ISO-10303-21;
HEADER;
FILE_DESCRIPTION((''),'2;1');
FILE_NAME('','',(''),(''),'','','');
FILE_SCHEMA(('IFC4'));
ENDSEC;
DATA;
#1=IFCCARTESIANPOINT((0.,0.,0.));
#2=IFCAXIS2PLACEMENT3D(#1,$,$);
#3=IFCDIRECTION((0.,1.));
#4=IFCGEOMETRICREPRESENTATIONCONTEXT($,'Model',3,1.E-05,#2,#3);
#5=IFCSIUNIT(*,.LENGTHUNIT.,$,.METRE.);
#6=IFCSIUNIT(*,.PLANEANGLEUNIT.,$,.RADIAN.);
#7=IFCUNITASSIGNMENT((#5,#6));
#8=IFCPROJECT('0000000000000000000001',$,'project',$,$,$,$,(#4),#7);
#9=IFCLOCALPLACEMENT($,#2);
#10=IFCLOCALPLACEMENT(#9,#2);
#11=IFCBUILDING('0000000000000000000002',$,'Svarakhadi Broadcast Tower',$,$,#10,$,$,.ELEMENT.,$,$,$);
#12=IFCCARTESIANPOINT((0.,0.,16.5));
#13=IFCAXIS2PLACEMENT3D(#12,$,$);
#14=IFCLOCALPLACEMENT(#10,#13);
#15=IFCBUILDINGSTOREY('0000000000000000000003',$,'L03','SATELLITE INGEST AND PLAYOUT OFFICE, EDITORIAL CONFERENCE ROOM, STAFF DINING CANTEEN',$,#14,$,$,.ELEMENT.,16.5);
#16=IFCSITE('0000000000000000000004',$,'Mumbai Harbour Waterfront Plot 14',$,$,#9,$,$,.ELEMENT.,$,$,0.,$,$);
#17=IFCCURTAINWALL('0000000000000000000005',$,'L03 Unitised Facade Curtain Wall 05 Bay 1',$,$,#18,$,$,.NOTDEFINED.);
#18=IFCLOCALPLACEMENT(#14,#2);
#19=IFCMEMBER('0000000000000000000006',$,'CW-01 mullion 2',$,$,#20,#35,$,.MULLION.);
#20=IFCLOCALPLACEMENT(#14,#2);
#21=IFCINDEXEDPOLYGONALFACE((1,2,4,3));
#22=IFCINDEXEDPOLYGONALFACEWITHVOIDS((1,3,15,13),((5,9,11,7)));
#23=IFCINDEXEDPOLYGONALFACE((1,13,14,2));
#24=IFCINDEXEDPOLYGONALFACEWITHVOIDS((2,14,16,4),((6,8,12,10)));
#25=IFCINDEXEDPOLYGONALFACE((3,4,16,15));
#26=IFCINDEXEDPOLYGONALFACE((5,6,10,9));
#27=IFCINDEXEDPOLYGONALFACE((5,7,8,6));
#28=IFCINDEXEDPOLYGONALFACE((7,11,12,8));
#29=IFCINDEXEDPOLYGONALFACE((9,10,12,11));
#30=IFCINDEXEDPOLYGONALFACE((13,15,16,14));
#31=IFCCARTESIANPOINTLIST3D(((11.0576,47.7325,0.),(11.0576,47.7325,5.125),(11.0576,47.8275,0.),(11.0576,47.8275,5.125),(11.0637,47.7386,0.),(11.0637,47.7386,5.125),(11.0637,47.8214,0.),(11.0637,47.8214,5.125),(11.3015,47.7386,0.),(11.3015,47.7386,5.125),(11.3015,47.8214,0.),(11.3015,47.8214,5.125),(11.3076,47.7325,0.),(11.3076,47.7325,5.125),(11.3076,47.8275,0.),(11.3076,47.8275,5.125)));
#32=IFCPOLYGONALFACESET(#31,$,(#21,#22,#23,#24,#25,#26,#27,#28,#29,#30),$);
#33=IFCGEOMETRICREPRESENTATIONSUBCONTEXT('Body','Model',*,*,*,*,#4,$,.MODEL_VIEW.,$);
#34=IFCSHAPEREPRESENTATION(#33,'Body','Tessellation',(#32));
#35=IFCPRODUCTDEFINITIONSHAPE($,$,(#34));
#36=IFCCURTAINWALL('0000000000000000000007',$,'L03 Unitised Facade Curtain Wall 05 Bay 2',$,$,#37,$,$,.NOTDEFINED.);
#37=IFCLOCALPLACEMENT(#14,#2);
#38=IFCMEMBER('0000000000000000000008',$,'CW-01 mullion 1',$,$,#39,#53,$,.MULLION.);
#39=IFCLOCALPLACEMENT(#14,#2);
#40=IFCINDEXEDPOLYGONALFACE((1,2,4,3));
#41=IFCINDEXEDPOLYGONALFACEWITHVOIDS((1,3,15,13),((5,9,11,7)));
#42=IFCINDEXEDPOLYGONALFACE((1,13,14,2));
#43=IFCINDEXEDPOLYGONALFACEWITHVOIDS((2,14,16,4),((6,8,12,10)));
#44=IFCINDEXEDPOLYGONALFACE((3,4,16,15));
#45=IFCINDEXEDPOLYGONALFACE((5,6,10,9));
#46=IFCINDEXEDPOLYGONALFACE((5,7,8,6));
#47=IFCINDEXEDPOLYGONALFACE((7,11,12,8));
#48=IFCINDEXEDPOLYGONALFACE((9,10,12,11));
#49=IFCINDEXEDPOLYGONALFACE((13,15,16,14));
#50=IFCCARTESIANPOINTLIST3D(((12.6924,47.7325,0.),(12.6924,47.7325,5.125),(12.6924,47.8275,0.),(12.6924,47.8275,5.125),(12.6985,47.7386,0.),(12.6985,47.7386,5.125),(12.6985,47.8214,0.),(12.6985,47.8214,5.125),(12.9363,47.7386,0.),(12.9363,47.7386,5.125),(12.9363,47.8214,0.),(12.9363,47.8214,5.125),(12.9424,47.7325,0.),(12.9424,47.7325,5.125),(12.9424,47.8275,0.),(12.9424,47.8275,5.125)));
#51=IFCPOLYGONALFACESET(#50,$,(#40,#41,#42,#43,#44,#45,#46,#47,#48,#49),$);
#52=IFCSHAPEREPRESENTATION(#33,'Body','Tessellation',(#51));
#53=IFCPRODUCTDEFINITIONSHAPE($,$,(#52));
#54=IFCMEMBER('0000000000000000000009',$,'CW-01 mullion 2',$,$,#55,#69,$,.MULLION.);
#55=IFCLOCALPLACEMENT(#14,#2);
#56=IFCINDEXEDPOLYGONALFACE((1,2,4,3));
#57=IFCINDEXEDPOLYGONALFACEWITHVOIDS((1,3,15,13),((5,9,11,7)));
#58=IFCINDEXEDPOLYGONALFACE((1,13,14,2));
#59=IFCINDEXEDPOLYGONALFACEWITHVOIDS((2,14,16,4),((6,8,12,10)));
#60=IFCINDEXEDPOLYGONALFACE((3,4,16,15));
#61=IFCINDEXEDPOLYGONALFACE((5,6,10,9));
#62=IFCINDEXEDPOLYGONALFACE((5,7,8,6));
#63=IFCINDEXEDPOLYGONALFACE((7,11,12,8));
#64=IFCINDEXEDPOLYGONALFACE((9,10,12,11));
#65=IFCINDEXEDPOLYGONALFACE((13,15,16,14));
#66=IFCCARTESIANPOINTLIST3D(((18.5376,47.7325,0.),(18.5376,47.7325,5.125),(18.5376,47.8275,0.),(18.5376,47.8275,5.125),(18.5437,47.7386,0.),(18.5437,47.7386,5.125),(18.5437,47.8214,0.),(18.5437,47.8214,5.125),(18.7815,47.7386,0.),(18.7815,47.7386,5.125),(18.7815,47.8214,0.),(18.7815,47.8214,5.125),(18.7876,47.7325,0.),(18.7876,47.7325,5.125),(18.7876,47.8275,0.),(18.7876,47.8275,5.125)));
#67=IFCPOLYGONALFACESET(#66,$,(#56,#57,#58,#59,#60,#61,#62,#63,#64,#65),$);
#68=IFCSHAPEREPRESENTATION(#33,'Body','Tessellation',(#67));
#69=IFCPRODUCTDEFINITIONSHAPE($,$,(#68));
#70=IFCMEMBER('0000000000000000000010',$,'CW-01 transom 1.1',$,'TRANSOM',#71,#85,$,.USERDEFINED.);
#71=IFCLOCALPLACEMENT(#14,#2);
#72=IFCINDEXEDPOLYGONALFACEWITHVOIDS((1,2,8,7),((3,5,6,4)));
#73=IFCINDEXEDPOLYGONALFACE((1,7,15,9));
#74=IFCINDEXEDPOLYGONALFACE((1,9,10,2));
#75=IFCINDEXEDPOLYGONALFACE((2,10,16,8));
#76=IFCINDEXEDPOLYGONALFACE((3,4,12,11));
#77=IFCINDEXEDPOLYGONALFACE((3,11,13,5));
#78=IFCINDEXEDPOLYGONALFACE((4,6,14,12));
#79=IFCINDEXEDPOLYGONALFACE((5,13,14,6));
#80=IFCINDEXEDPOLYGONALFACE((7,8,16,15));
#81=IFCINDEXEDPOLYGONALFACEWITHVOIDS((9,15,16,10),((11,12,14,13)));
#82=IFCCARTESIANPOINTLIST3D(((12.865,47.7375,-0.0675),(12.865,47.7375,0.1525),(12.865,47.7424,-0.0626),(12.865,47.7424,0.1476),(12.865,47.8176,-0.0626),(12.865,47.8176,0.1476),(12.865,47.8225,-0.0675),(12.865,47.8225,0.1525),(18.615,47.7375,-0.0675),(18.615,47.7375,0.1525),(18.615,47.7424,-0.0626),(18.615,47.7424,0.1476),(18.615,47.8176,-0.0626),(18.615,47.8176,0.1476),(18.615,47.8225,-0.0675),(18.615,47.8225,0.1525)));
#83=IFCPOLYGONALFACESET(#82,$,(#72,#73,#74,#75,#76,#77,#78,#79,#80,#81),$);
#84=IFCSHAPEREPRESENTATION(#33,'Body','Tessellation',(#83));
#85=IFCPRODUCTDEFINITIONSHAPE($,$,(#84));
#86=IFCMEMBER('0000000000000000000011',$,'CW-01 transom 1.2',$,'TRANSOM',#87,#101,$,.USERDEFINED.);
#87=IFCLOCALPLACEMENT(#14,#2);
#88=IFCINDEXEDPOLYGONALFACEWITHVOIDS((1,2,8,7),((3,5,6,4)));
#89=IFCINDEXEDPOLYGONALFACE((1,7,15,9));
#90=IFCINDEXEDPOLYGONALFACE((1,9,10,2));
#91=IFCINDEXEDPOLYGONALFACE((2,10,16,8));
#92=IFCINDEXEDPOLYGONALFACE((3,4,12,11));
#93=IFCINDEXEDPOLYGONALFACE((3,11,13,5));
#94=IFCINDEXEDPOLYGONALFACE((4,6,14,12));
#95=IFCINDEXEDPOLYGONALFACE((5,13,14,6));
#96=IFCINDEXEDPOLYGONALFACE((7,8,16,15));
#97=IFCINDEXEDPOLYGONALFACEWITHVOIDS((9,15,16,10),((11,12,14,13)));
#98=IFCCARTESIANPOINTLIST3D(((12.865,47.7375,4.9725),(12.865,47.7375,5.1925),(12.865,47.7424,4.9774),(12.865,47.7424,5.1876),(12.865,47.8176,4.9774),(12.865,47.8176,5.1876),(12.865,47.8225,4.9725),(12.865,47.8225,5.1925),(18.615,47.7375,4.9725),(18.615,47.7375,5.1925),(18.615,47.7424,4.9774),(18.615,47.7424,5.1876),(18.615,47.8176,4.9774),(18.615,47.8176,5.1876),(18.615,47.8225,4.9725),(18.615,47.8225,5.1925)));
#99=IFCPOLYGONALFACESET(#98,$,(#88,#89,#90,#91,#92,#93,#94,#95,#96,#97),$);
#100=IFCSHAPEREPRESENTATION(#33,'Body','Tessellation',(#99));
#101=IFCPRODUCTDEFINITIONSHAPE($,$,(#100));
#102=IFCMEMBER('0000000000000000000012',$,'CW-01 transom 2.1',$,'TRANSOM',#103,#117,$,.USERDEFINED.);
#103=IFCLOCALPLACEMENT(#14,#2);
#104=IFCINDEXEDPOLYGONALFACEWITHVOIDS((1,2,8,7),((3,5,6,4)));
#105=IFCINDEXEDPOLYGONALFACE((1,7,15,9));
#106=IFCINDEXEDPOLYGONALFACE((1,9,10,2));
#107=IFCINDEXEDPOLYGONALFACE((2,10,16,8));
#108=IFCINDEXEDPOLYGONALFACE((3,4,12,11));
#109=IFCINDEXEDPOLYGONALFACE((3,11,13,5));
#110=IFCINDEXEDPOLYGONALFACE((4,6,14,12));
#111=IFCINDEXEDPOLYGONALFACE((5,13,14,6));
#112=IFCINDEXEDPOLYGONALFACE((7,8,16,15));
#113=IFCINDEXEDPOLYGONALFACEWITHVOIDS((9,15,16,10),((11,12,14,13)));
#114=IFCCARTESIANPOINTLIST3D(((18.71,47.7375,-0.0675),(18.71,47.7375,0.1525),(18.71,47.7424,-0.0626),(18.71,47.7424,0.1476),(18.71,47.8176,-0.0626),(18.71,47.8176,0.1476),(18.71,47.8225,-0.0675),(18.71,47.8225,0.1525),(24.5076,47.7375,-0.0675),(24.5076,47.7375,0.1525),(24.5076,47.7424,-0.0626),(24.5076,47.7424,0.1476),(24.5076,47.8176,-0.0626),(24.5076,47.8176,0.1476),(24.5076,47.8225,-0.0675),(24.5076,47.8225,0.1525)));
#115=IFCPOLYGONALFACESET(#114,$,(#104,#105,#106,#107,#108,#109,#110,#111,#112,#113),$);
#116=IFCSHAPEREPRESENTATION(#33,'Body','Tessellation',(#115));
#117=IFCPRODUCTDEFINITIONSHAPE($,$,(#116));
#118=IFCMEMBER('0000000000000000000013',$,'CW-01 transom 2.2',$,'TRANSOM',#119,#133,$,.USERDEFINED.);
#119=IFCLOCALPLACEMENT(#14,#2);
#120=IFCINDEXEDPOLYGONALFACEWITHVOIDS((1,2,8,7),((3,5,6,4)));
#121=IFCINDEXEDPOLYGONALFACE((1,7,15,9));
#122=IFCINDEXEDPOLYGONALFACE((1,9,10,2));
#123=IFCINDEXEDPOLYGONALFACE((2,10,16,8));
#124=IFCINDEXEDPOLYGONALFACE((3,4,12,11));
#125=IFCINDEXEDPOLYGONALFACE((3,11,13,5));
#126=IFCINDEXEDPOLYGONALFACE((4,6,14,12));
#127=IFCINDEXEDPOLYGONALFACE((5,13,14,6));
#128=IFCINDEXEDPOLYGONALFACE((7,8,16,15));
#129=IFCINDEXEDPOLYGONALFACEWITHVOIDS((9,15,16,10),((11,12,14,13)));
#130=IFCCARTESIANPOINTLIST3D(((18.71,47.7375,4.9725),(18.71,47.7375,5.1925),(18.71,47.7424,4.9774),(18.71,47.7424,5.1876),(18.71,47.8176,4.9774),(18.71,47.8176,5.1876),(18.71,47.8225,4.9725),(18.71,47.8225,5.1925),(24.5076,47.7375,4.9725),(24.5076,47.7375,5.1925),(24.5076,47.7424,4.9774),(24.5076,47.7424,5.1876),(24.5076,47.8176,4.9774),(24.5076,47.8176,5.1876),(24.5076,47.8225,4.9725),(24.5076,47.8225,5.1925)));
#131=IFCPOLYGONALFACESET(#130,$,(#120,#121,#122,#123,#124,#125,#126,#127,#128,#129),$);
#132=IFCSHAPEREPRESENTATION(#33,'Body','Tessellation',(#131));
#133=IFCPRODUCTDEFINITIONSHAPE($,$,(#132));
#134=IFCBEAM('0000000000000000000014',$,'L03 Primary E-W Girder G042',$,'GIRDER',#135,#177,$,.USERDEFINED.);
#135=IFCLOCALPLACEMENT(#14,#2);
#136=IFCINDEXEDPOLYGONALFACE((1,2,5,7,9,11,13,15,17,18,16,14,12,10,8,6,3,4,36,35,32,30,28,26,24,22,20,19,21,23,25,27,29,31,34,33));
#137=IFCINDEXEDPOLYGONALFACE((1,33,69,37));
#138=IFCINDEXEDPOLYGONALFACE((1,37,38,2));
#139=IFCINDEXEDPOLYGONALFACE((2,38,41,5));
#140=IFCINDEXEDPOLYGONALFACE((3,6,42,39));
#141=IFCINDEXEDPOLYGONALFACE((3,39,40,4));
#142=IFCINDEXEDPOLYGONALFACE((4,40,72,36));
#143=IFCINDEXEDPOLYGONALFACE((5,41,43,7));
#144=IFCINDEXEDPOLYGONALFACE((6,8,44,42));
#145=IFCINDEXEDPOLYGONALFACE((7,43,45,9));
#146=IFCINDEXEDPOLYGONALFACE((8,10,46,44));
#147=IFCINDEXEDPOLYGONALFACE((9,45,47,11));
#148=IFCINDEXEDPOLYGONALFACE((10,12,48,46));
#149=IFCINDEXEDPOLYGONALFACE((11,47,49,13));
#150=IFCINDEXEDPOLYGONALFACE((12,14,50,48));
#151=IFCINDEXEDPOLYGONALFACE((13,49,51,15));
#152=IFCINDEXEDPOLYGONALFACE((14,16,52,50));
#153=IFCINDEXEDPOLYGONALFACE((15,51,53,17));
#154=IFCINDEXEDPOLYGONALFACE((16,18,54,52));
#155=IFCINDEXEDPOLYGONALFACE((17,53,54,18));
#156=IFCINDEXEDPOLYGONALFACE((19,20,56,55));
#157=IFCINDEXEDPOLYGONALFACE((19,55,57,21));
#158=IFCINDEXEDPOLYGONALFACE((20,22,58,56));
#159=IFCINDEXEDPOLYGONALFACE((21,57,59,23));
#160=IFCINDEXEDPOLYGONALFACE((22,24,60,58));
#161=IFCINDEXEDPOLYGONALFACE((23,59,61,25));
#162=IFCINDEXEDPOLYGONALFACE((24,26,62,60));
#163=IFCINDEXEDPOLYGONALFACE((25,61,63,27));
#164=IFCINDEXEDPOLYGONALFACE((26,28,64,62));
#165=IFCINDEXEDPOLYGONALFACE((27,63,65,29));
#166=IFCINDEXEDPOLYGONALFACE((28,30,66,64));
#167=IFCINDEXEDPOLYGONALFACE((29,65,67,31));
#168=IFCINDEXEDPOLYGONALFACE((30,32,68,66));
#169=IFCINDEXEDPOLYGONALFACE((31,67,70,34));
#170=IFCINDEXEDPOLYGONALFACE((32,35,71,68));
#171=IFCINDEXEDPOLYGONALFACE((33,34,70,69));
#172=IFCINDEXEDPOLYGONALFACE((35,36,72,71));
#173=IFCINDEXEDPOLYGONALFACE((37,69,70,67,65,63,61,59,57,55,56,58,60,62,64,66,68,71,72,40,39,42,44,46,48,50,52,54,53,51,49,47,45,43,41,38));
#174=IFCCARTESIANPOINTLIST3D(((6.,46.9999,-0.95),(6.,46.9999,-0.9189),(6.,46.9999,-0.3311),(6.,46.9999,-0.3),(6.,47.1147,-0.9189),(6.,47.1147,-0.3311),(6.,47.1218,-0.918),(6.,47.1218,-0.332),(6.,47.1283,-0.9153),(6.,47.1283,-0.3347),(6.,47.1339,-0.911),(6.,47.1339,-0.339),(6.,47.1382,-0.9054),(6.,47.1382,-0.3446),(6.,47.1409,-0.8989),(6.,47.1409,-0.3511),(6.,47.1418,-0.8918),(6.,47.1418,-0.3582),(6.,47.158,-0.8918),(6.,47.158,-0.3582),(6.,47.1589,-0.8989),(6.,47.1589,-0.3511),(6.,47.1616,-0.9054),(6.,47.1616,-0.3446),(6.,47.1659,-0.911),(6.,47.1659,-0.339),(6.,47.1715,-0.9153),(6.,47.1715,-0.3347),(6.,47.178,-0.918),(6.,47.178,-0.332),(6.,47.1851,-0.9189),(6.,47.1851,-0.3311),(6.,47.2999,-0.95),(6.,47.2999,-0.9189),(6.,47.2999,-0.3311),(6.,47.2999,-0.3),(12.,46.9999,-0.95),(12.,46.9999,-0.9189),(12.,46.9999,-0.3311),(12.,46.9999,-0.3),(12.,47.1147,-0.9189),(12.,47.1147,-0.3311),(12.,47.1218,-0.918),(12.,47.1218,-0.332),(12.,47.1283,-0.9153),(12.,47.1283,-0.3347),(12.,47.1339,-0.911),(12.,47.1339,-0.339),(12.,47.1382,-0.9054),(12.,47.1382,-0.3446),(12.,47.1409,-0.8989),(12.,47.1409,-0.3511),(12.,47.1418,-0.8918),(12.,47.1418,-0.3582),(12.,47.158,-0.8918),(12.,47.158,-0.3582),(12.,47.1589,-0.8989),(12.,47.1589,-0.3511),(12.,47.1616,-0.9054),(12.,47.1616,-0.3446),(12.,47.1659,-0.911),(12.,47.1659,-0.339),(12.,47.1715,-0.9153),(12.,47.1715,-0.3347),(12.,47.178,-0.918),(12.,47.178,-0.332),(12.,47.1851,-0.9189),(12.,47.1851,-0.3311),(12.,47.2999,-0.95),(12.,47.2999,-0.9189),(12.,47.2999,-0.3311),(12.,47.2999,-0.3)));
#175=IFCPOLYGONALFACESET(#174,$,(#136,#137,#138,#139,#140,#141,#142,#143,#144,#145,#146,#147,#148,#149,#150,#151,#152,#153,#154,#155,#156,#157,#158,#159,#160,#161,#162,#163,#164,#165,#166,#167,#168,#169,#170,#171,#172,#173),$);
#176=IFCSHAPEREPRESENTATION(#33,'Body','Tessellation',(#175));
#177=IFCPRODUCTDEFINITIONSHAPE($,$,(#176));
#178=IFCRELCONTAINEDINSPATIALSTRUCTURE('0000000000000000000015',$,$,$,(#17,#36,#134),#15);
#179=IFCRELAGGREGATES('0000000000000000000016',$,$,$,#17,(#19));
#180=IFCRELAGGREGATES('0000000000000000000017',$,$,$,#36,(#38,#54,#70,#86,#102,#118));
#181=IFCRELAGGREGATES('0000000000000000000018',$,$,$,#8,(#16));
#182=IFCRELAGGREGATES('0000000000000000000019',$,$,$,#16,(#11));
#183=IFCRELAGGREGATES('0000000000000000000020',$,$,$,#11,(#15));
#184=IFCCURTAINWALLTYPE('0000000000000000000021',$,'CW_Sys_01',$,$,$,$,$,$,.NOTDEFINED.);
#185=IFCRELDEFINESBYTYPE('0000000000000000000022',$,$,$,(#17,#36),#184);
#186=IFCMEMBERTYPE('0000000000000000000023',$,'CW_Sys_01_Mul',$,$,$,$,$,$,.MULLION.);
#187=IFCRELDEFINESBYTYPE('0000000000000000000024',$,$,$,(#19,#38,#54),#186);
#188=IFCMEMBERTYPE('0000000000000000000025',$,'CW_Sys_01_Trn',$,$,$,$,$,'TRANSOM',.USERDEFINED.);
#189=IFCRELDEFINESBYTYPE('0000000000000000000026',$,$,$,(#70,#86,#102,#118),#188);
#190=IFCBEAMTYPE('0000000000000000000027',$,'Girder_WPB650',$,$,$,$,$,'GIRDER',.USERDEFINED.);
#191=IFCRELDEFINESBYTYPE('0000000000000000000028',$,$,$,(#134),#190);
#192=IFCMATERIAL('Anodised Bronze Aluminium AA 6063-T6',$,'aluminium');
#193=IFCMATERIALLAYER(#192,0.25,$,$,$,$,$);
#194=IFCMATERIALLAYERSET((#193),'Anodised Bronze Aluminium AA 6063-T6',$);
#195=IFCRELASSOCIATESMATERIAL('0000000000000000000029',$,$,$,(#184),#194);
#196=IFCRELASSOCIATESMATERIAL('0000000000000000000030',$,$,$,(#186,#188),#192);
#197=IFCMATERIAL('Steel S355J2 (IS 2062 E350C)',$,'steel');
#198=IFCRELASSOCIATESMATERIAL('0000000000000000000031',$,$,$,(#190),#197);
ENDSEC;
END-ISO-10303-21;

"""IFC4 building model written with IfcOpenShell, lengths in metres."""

from ifc_helpers import new_model, si_unit, direction, frame, origin, origin_2d, place, context, subcontext, project, spatial, hollow_rectangle, i_section, extrude, material, layer, layer_set, material_profile, profile_set, type_object, element, aggregate, save


model = new_model("IFC4")

# Units and contexts
model_context = context("Model", 3, precision=1e-05, world=origin(), true_north=direction((0.0, 1.0)))
body_context = subcontext(model_context, "Body", "Model", "MODEL_VIEW")
ifc_project = project(units=[si_unit("LENGTHUNIT", "METRE"), si_unit("PLANEANGLEUNIT", "RADIAN")], contexts=[model_context])

# Site, building, storey
site_placement = place(None, origin())
site = spatial("IfcSite", under=ifc_project, at=site_placement, Name="Mumbai Harbour Waterfront Plot 14", CompositionType="ELEMENT", RefElevation=0.0)
building_placement = place(site_placement, origin())
building = spatial("IfcBuilding", under=site, at=building_placement, Name="Svarakhadi Broadcast Tower", CompositionType="ELEMENT")
storey_placement = place(building_placement, frame((0.0, 0.0, 16.5)))
storey = spatial("IfcBuildingStorey", under=building, at=storey_placement, Name="L03", Description="SATELLITE INGEST AND PLAYOUT OFFICE, EDITORIAL CONFERENCE ROOM, STAFF DINING CANTEEN", CompositionType="ELEMENT", Elevation=16.5)

# Shared definitions
ifc_material_1 = material(Name="Steel S355J2 (IS 2062 E350C)", Category="steel")

# Curtain wall, member
ifc_material_2 = material(Name="Anodised Bronze Aluminium AA 6063-T6", Category="aluminium")
ifc_layer_1 = layer(ifc_material_2, 0.25)
ifc_layer_set_1 = layer_set([ifc_layer_1], Name="Anodised Bronze Aluminium AA 6063-T6")
curtain_wall_type = type_object("IfcCurtainWallType", Name="CW_Sys_01", PredefinedType="NOTDEFINED", material=ifc_layer_set_1)
curtain_wall_1_placement = place(storey_placement, origin())
curtain_wall_1 = element("IfcCurtainWall", 1, at=curtain_wall_1_placement, inside=storey, type_object=curtain_wall_type, Name="L03 Unitised Facade Curtain Wall 05 Bay 1", PredefinedType="NOTDEFINED")
ifc_material_profile_1 = material_profile(ifc_material_2, hollow_rectangle(XDim=0.095, YDim=0.25, WallThickness=0.0061, at=origin_2d()), Name="ALU MULLION 250x95x6")
ifc_profile_set_1 = profile_set([ifc_material_profile_1], Name="Anodised Bronze Aluminium AA 6063-T6")
member_type_1 = type_object("IfcMemberType", Name="CW_Sys_01_Mul", PredefinedType="MULLION", material=ifc_profile_set_1)
member_1_placement = place(storey_placement, frame((11.1826, 47.78, 0.0), z_axis=(0.0, 0.0, 1.0), x_axis=(0.0, 1.0, 0.0)))
member_1 = element("IfcMember", 2, at=member_1_placement, type_object=member_type_1, Name="CW-01 mullion 2", PredefinedType="MULLION", context=body_context, shape_type="SweptSolid", body=[
    extrude(hollow_rectangle(XDim=0.095, YDim=0.25, WallThickness=0.0061, at=origin_2d()), origin(), (0.0, 0.0, 1.0), 5.125),
])

# Curtain wall, members
curtain_wall_2_placement = place(storey_placement, origin())
curtain_wall_2 = element("IfcCurtainWall", 3, at=curtain_wall_2_placement, inside=storey, type_object=curtain_wall_type, Name="L03 Unitised Facade Curtain Wall 05 Bay 2", PredefinedType="NOTDEFINED")
member_2_placement = place(storey_placement, frame((12.8174, 47.78, 0.0), z_axis=(0.0, 0.0, 1.0), x_axis=(0.0, 1.0, 0.0)))
member_2 = element("IfcMember", 4, at=member_2_placement, type_object=member_type_1, Name="CW-01 mullion 1", PredefinedType="MULLION", context=body_context, shape_type="SweptSolid", body=[
    extrude(hollow_rectangle(XDim=0.095, YDim=0.25, WallThickness=0.0061, at=origin_2d()), origin(), (0.0, 0.0, 1.0), 5.125),
])
member_3_placement = place(storey_placement, frame((18.6626, 47.78, 0.0), z_axis=(0.0, 0.0, 1.0), x_axis=(0.0, 1.0, 0.0)))
member_3 = element("IfcMember", 5, at=member_3_placement, type_object=member_type_1, Name="CW-01 mullion 2", PredefinedType="MULLION", context=body_context, shape_type="SweptSolid", body=[
    extrude(hollow_rectangle(XDim=0.095, YDim=0.25, WallThickness=0.0061, at=origin_2d()), origin(), (0.0, 0.0, 1.0), 5.125),
])
ifc_material_profile_2 = material_profile(ifc_material_2, hollow_rectangle(XDim=0.085, YDim=0.22, WallThickness=0.0049, at=origin_2d()), Name="ALU TRANSOM 220x85x5")
ifc_profile_set_2 = profile_set([ifc_material_profile_2], Name="Anodised Bronze Aluminium AA 6063-T6")
member_type_2 = type_object("IfcMemberType", Name="CW_Sys_01_Trn", ElementType="TRANSOM", PredefinedType="USERDEFINED", material=ifc_profile_set_2)
member_4_placement = place(storey_placement, frame((12.865, 47.78, 0.0425), z_axis=(1.0, 0.0, 0.0), x_axis=(0.0, 1.0, 0.0)))
member_4 = element("IfcMember", 6, at=member_4_placement, type_object=member_type_2, Name="CW-01 transom 1.1", ObjectType="TRANSOM", PredefinedType="USERDEFINED", context=body_context, shape_type="SweptSolid", body=[
    extrude(hollow_rectangle(XDim=0.085, YDim=0.22, WallThickness=0.0049, at=origin_2d()), origin(), (0.0, 0.0, 1.0), 5.75),
])
member_5_placement = place(storey_placement, frame((12.865, 47.78, 5.0825), z_axis=(1.0, 0.0, 0.0), x_axis=(0.0, 1.0, 0.0)))
member_5 = element("IfcMember", 7, at=member_5_placement, type_object=member_type_2, Name="CW-01 transom 1.2", ObjectType="TRANSOM", PredefinedType="USERDEFINED", context=body_context, shape_type="SweptSolid", body=[
    extrude(hollow_rectangle(XDim=0.085, YDim=0.22, WallThickness=0.0049, at=origin_2d()), origin(), (0.0, 0.0, 1.0), 5.75),
])
member_6_placement = place(storey_placement, frame((18.71, 47.78, 0.0425), z_axis=(1.0, 0.0, 0.0), x_axis=(0.0, 1.0, 0.0)))
member_6 = element("IfcMember", 8, at=member_6_placement, type_object=member_type_2, Name="CW-01 transom 2.1", ObjectType="TRANSOM", PredefinedType="USERDEFINED", context=body_context, shape_type="SweptSolid", body=[
    extrude(hollow_rectangle(XDim=0.085, YDim=0.22, WallThickness=0.0049, at=origin_2d()), origin(), (0.0, 0.0, 1.0), 5.7976),
])
member_7_placement = place(storey_placement, frame((18.71, 47.78, 5.0825), z_axis=(1.0, 0.0, 0.0), x_axis=(0.0, 1.0, 0.0)))
member_7 = element("IfcMember", 9, at=member_7_placement, type_object=member_type_2, Name="CW-01 transom 2.2", ObjectType="TRANSOM", PredefinedType="USERDEFINED", context=body_context, shape_type="SweptSolid", body=[
    extrude(hollow_rectangle(XDim=0.085, YDim=0.22, WallThickness=0.0049, at=origin_2d()), origin(), (0.0, 0.0, 1.0), 5.7976),
])

# Beam
ifc_material_profile_3 = material_profile(ifc_material_1, i_section(OverallWidth=0.3, OverallDepth=0.6499, WebThickness=0.0161, FlangeThickness=0.031, FilletRadius=0.0271, at=origin_2d()), Name="WPB 650x300x225")
ifc_profile_set_3 = profile_set([ifc_material_profile_3], Name="Steel S355J2 (IS 2062 E350C)")
beam_type_1 = type_object("IfcBeamType", Name="Girder_WPB650", ElementType="GIRDER", PredefinedType="USERDEFINED", material=ifc_profile_set_3)
for number, where, z_axis, x_axis, name in (
    (10, (6.0, 47.1499, -0.625), (1.0, 0.0, 0.0), (0.0, 1.0, 0.0), "L03 Primary E-W Girder G042"),
):
    element("IfcBeam", number, at=place(storey_placement, frame(where, z_axis=z_axis, x_axis=x_axis)), inside=storey, type_object=beam_type_1, Name=name, ObjectType="GIRDER", PredefinedType="USERDEFINED", context=body_context, shape_type="SweptSolid", body=[
        extrude(i_section(OverallWidth=0.3, OverallDepth=0.6499, WebThickness=0.0161, FlangeThickness=0.031, FilletRadius=0.0271, at=origin_2d()), origin(), (0.0, 0.0, 1.0), 6.0),
    ])

aggregate(curtain_wall_1, [member_1])
aggregate(curtain_wall_2, [member_2, member_3, member_4, member_5, member_6, member_7])

save(model, "model.ifc")
